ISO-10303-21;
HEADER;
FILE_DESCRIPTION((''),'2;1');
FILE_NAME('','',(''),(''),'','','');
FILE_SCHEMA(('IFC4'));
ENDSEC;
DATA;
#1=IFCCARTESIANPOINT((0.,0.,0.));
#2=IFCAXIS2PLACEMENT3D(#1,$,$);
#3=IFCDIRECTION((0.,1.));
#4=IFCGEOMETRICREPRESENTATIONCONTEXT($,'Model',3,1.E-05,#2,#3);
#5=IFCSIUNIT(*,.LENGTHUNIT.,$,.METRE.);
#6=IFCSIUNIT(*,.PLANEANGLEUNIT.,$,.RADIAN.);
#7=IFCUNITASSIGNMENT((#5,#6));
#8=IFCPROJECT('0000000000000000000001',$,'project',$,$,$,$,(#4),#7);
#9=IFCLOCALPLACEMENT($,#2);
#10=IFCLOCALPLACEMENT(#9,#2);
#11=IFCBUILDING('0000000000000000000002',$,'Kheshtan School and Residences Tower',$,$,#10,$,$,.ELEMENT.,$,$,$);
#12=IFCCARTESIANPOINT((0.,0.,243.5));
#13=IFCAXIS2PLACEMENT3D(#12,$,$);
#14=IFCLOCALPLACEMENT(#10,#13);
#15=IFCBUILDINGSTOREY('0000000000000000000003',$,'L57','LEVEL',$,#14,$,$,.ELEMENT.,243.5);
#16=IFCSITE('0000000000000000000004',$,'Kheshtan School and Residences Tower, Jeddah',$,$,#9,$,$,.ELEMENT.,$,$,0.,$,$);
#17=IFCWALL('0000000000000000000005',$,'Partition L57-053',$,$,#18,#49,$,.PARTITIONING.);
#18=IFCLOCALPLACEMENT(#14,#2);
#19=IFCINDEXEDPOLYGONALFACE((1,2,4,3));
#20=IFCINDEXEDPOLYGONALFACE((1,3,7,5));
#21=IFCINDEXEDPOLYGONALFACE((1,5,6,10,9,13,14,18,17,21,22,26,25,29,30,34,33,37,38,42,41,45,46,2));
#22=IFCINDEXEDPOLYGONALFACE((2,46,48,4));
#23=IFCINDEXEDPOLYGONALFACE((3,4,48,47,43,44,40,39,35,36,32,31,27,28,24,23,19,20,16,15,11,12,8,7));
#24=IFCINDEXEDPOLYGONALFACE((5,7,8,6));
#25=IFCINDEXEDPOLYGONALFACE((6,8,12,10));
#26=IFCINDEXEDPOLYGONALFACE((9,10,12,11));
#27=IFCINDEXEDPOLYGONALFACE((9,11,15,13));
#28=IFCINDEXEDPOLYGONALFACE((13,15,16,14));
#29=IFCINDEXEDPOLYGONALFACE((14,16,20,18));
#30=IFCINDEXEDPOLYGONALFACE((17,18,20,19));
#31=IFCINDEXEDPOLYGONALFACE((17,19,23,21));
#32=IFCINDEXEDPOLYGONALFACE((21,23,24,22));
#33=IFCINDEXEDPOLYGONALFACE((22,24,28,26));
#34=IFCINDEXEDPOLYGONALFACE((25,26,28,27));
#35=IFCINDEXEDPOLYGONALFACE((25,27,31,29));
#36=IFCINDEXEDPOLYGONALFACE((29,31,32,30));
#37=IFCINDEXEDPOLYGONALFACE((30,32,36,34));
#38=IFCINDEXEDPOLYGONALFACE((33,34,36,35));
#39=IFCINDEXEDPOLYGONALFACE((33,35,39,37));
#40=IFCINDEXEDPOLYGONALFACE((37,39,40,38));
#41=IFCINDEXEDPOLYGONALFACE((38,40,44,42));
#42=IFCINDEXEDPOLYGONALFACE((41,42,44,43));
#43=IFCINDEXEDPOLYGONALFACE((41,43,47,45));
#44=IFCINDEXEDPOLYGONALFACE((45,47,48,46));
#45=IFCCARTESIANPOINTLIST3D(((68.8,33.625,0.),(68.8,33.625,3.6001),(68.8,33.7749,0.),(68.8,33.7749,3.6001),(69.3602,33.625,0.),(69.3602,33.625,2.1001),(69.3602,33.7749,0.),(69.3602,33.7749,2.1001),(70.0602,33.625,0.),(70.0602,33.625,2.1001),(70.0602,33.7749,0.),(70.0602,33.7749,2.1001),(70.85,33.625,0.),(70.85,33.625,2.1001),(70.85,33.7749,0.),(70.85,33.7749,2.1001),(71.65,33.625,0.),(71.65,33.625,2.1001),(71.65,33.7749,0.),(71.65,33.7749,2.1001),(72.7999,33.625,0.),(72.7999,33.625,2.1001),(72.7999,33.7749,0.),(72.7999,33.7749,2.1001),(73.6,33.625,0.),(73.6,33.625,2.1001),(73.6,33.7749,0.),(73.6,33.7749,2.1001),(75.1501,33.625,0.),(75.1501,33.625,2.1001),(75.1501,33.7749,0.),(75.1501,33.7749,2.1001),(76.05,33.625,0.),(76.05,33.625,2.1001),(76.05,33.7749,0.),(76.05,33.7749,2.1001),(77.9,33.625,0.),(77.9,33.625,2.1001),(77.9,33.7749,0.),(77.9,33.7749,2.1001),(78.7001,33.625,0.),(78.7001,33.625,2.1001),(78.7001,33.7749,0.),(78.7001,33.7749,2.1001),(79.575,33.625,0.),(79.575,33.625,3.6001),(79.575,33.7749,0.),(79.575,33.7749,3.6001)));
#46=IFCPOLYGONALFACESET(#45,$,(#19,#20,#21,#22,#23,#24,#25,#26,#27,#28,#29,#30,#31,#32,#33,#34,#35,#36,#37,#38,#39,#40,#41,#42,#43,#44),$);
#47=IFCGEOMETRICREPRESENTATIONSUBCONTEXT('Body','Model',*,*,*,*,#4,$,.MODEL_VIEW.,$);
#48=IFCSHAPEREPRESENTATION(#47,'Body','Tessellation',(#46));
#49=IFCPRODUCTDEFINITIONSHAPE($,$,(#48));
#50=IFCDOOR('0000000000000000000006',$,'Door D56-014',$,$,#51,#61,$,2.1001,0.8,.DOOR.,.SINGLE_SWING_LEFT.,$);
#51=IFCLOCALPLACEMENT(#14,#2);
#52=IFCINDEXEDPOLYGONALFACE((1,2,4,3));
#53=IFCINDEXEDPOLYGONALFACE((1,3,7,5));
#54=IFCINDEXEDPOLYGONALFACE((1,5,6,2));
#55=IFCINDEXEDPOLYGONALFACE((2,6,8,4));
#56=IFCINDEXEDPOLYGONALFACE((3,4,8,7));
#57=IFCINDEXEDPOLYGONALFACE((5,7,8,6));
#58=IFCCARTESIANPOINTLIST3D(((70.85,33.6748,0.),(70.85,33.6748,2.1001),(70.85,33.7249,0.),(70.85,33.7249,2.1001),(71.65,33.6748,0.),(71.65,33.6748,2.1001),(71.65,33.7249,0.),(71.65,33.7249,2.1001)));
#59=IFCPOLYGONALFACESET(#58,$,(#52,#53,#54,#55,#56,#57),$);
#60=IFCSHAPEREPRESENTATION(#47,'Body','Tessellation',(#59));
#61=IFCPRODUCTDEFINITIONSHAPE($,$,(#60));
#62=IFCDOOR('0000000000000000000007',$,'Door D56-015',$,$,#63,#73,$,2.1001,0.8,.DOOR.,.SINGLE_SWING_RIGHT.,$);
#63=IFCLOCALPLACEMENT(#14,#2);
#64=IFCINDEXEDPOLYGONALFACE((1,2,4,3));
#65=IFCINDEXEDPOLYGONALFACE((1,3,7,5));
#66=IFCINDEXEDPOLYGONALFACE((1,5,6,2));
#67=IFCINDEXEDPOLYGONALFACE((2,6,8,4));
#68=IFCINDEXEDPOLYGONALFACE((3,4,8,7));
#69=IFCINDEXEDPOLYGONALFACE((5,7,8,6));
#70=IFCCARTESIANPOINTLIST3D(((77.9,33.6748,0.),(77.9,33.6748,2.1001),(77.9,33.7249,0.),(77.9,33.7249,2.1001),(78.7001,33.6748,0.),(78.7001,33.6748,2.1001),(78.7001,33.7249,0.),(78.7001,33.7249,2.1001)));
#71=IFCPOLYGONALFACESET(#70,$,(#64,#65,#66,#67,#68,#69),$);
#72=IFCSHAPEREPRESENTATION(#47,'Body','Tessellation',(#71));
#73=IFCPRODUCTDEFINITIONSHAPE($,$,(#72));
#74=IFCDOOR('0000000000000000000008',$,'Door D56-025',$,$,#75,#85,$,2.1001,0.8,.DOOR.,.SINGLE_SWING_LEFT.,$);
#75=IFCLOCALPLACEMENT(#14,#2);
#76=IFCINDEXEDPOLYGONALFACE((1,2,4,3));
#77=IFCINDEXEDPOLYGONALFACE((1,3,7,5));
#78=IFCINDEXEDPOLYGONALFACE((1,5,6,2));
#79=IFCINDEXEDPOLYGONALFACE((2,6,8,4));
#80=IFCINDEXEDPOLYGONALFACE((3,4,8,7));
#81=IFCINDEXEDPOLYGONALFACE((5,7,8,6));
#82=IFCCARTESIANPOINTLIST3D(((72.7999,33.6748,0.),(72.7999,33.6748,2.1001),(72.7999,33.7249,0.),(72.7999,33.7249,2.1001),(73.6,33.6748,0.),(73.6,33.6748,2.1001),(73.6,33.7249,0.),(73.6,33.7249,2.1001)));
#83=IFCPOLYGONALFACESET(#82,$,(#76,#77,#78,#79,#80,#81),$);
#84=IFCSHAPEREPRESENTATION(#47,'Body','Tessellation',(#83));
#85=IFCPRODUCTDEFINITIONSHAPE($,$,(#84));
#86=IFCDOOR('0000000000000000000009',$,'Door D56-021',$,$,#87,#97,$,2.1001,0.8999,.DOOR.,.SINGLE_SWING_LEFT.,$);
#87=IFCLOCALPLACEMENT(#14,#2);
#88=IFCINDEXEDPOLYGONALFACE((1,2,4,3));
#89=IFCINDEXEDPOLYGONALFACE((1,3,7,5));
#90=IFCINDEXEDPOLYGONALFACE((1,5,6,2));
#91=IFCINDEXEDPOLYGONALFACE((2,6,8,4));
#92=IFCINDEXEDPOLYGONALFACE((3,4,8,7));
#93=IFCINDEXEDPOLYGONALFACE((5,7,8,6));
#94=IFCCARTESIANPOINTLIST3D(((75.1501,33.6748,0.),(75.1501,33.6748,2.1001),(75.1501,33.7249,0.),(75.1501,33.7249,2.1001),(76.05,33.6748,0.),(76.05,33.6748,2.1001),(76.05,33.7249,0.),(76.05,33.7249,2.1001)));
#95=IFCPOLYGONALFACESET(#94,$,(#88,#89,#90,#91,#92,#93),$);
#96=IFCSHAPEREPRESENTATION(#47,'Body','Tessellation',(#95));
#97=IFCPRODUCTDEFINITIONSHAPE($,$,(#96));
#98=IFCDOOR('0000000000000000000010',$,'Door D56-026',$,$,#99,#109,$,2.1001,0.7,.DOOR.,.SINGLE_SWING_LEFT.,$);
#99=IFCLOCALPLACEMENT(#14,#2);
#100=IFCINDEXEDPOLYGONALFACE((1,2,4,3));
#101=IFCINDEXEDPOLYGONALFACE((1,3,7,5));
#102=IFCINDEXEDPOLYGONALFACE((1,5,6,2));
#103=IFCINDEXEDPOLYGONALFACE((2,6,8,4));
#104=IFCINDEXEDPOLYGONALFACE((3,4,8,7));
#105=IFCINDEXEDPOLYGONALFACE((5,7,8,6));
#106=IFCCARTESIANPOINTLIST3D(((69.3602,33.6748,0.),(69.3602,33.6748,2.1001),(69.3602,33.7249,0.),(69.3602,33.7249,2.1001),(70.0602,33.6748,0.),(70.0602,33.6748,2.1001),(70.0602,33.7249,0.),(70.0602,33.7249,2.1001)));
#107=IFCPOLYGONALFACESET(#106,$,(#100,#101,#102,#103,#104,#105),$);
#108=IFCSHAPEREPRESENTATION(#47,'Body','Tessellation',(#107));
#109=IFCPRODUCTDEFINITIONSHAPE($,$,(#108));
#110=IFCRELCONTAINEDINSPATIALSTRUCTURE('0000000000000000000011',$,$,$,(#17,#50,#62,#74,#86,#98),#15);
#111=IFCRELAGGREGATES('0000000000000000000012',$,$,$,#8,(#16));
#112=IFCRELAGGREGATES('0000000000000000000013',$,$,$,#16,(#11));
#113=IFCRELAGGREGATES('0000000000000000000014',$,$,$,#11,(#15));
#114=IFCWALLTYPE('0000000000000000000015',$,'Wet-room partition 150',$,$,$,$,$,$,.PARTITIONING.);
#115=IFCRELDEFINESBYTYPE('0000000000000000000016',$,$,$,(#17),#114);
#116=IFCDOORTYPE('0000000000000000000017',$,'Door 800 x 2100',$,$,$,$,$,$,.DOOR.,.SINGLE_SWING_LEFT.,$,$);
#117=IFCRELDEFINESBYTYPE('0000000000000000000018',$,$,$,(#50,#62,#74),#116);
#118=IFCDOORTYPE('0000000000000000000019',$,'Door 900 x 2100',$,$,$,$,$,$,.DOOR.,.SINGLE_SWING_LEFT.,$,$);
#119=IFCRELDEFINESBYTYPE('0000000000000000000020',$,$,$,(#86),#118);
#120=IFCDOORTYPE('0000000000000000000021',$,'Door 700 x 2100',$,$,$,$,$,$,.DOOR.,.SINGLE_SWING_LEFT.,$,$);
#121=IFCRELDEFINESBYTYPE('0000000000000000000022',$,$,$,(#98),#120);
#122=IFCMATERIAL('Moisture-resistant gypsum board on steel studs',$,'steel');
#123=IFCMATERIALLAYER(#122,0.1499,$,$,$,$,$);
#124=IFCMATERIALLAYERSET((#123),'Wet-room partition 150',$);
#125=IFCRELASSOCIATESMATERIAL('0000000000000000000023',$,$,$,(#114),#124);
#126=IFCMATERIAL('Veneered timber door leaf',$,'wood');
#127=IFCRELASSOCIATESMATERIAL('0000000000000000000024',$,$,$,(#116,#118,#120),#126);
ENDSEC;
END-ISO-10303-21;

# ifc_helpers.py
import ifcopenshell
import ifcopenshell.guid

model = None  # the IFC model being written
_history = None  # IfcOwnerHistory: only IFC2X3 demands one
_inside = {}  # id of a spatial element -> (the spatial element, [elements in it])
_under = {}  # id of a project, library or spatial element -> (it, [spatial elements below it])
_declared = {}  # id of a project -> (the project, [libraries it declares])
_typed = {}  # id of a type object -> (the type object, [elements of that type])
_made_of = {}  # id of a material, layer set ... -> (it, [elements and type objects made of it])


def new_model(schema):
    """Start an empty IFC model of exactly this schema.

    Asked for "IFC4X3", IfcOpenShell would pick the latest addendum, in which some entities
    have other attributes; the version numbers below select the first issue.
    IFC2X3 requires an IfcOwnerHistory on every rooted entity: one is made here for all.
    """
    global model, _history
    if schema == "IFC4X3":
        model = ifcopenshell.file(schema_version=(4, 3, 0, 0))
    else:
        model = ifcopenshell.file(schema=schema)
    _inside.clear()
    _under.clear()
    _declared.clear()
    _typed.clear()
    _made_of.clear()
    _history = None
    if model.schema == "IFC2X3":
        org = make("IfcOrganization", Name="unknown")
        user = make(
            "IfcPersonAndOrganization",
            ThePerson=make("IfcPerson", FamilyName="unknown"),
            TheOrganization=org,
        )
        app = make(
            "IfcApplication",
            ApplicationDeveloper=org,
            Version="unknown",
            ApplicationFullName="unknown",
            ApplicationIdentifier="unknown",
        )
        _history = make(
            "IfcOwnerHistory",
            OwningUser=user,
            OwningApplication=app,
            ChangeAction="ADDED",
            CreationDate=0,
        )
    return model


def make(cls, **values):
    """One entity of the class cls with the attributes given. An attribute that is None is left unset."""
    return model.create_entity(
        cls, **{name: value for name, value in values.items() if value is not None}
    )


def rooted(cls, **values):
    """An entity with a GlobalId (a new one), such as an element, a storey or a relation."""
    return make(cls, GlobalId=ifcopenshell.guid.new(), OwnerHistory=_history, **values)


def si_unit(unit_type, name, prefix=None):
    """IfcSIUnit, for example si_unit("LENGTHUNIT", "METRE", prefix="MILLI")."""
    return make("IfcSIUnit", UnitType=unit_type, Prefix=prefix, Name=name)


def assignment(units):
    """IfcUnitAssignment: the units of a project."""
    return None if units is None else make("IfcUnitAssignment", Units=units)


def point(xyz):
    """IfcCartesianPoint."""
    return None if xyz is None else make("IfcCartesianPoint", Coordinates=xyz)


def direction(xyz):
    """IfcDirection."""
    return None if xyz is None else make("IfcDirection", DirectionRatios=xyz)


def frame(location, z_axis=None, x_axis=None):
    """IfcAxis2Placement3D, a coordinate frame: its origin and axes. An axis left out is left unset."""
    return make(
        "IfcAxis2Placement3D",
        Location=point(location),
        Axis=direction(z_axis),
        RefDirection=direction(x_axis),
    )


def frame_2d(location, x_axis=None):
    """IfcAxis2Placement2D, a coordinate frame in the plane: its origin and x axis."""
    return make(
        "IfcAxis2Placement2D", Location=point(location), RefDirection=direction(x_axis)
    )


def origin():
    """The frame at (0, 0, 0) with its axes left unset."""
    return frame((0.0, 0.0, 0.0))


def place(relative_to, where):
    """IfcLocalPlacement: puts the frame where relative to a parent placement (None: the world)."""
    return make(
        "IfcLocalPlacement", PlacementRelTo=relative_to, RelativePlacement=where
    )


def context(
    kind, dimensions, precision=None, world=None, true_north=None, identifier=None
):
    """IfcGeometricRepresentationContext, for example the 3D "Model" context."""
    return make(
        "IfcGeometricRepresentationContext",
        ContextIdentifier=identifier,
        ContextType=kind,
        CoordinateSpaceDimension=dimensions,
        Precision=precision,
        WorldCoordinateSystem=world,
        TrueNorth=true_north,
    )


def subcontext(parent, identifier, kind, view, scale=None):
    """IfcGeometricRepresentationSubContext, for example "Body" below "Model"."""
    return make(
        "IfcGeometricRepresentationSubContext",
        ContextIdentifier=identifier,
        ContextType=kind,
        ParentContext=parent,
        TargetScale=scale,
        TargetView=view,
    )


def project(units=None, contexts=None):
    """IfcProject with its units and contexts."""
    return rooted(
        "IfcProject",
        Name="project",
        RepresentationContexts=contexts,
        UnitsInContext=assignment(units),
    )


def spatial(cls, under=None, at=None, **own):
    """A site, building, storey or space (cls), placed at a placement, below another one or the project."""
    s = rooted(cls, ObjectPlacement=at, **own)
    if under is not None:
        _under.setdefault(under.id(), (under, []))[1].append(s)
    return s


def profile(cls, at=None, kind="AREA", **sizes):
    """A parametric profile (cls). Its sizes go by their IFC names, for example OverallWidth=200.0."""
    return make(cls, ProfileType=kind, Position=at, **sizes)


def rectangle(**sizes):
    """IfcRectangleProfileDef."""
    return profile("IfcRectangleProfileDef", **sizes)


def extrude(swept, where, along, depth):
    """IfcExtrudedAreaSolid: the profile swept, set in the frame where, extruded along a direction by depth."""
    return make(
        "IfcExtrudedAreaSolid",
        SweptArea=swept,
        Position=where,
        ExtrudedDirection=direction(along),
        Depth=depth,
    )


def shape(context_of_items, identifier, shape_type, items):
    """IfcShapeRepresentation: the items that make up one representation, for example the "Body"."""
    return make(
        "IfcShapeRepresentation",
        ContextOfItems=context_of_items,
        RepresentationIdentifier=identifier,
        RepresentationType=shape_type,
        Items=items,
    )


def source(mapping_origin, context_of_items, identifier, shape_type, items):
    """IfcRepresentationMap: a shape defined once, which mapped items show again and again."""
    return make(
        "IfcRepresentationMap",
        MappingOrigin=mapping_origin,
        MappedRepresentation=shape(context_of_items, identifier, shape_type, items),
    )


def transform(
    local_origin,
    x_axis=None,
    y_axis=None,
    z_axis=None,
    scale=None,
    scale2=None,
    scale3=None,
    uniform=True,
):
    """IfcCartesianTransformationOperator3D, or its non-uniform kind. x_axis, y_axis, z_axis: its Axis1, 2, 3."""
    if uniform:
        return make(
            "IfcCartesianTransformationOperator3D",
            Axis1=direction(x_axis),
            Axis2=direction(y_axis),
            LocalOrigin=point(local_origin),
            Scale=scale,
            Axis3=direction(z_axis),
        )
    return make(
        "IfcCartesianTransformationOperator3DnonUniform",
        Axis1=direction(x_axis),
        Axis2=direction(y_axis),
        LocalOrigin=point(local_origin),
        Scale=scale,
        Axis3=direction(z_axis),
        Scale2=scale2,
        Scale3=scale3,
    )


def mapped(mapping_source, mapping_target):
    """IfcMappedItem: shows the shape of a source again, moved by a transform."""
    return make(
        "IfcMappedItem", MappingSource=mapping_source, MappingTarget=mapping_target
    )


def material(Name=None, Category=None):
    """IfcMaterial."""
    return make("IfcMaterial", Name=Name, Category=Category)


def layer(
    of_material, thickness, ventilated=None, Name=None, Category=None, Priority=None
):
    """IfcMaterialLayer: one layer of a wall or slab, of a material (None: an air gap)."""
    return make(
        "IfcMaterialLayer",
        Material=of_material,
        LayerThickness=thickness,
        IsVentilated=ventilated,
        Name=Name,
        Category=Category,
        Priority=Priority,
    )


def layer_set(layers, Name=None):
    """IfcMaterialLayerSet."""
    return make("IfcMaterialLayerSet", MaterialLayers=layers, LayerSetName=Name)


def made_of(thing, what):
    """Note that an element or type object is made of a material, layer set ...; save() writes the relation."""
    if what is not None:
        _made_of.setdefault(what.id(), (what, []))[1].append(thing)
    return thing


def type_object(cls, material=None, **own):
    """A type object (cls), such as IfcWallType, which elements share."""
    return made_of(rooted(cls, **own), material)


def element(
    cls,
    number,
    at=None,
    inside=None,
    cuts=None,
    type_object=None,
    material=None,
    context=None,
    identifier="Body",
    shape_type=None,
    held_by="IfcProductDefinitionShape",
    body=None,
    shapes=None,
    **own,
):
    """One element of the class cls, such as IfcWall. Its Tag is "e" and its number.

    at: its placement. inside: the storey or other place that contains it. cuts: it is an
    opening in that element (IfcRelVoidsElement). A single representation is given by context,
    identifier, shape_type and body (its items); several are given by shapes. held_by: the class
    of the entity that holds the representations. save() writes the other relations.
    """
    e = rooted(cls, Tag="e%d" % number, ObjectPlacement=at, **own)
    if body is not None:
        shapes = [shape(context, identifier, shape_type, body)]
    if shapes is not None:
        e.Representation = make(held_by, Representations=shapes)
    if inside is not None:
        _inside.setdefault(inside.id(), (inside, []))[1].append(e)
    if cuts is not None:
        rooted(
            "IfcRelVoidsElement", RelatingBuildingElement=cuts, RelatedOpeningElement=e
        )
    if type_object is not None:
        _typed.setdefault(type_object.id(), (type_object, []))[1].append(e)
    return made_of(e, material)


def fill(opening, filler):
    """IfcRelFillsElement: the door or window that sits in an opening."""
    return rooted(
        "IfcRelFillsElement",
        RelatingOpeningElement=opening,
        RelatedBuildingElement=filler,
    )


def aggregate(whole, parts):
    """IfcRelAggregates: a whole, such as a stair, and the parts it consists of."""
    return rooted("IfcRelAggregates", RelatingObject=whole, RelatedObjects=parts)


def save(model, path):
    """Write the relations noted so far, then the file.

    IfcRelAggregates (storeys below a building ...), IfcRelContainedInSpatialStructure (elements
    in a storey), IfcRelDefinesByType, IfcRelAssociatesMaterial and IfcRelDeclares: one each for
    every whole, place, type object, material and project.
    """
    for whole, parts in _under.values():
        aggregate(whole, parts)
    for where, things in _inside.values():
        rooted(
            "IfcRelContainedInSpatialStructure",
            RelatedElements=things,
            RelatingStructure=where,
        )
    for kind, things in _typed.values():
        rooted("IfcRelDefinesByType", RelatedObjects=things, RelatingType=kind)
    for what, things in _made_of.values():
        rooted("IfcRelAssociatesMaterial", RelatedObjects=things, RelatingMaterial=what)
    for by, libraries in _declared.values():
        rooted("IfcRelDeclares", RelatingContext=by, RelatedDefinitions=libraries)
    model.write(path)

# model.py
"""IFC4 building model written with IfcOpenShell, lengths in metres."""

from ifc_helpers import new_model, si_unit, direction, frame, frame_2d, origin, place, context, subcontext, project, spatial, rectangle, extrude, source, transform, mapped, material, layer, layer_set, type_object, element, fill, save


model = new_model("IFC4")

# Units and contexts
model_context = context("Model", 3, precision=1e-05, world=origin(), true_north=direction((0.0, 1.0)))
body_context = subcontext(model_context, "Body", "Model", "MODEL_VIEW")
ifc_project = project(units=[si_unit("LENGTHUNIT", "METRE"), si_unit("PLANEANGLEUNIT", "RADIAN")], contexts=[model_context])

# Site, building, storey
site_placement = place(None, origin())
site = spatial("IfcSite", under=ifc_project, at=site_placement, Name="Kheshtan School and Residences Tower, Jeddah", CompositionType="ELEMENT", RefElevation=0.0)
building_placement = place(site_placement, origin())
building = spatial("IfcBuilding", under=site, at=building_placement, Name="Kheshtan School and Residences Tower", CompositionType="ELEMENT")
storey_placement = place(building_placement, frame((0.0, 0.0, 243.5)))
storey = spatial("IfcBuildingStorey", under=building, at=storey_placement, Name="L57", Description="LEVEL", CompositionType="ELEMENT", Elevation=243.5)

# Shared definitions
ifc_material_1 = material(Name="Moisture-resistant gypsum board on steel studs", Category="steel")
ifc_layer_1 = layer(ifc_material_1, 0.1499)
ifc_layer_set_1 = layer_set([ifc_layer_1], Name="Wet-room partition 150")
wall_type_1 = type_object("IfcWallType", Name="Wet-room partition 150", PredefinedType="PARTITIONING", material=ifc_layer_set_1)
ifc_material_2 = material(Name="Veneered timber door leaf", Category="wood")
door_type_1 = type_object("IfcDoorType", Name="Door 800 x 2100", OperationType="SINGLE_SWING_LEFT", PredefinedType="DOOR", material=ifc_material_2)
shared_shape_1 = source(origin(), body_context, "Body", "SweptSolid", [
    extrude(rectangle(XDim=0.8, YDim=2.1001, at=frame_2d((0.3999, 1.05))), frame((0.0, 0.0249, 0.0), z_axis=(0.0, -1.0, 0.0), x_axis=(1.0, 0.0, 0.0)), (0.0, 0.0, 1.0), 0.05),
])

# Wall, openings, doors
wall_1_placement = place(storey_placement, frame((68.8, 33.7, 0.0), z_axis=(0.0, 0.0, 1.0), x_axis=(1.0, 0.0, 0.0)))
wall_1 = element("IfcWall", 1, at=wall_1_placement, inside=storey, type_object=wall_type_1, Name="Partition L57-053", PredefinedType="PARTITIONING", context=body_context, shape_type="SweptSolid", body=[
    extrude(rectangle(XDim=10.7749, YDim=0.1499, at=frame_2d((5.3875, 0.0))), origin(), (0.0, 0.0, 1.0), 3.6001),
])
opening_1_placement = place(wall_1_placement, frame((2.05, 0.0, 0.0)))
opening_1 = element("IfcOpeningElement", 2, at=opening_1_placement, cuts=wall_1, PredefinedType="OPENING", context=body_context, shape_type="SweptSolid", body=[
    extrude(rectangle(XDim=0.8, YDim=2.1001, at=frame_2d((0.3999, 1.05))), frame((0.0, 0.085, 0.0), z_axis=(0.0, -1.0, 0.0), x_axis=(1.0, 0.0, 0.0)), (0.0, 0.0, 1.0), 0.1699),
])
opening_2_placement = place(wall_1_placement, frame((9.1001, 0.0, 0.0)))
opening_2 = element("IfcOpeningElement", 3, at=opening_2_placement, cuts=wall_1, PredefinedType="OPENING", context=body_context, shape_type="SweptSolid", body=[
    extrude(rectangle(XDim=0.8, YDim=2.1001, at=frame_2d((0.3999, 1.05))), frame((0.0, 0.085, 0.0), z_axis=(0.0, -1.0, 0.0), x_axis=(1.0, 0.0, 0.0)), (0.0, 0.0, 1.0), 0.1699),
])
opening_3_placement = place(wall_1_placement, frame((6.3501, 0.0, 0.0)))
opening_3 = element("IfcOpeningElement", 4, at=opening_3_placement, cuts=wall_1, PredefinedType="OPENING", context=body_context, shape_type="SweptSolid", body=[
    extrude(rectangle(XDim=0.8999, YDim=2.1001, at=frame_2d((0.45, 1.05))), frame((0.0, 0.085, 0.0), z_axis=(0.0, -1.0, 0.0), x_axis=(1.0, 0.0, 0.0)), (0.0, 0.0, 1.0), 0.1699),
])
opening_4_placement = place(wall_1_placement, frame((4.0, 0.0, 0.0)))
opening_4 = element("IfcOpeningElement", 5, at=opening_4_placement, cuts=wall_1, PredefinedType="OPENING", context=body_context, shape_type="SweptSolid", body=[
    extrude(rectangle(XDim=0.8, YDim=2.1001, at=frame_2d((0.3999, 1.05))), frame((0.0, 0.085, 0.0), z_axis=(0.0, -1.0, 0.0), x_axis=(1.0, 0.0, 0.0)), (0.0, 0.0, 1.0), 0.1699),
])
opening_5_placement = place(wall_1_placement, frame((0.5601, 0.0, 0.0)))
opening_5 = element("IfcOpeningElement", 6, at=opening_5_placement, cuts=wall_1, PredefinedType="OPENING", context=body_context, shape_type="SweptSolid", body=[
    extrude(rectangle(XDim=0.7, YDim=2.1001, at=frame_2d((0.3501, 1.05))), frame((0.0, 0.085, 0.0), z_axis=(0.0, -1.0, 0.0), x_axis=(1.0, 0.0, 0.0)), (0.0, 0.0, 1.0), 0.1699),
])
door_1_placement = place(opening_1_placement, origin())
door_1 = element("IfcDoor", 7, at=door_1_placement, inside=storey, type_object=door_type_1, Name="Door D56-014", OperationType="SINGLE_SWING_LEFT", OverallHeight=2.1001, OverallWidth=0.8, PredefinedType="DOOR", context=body_context, shape_type="MappedRepresentation", body=[
    mapped(shared_shape_1, transform((0.0, 0.0, 0.0), x_axis=(1.0, 0.0, 0.0), y_axis=(0.0, 1.0, 0.0), z_axis=(0.0, 0.0, 1.0), scale=1.0)),
])
fill(opening_1, door_1)
door_2_placement = place(opening_2_placement, origin())
door_2 = element("IfcDoor", 8, at=door_2_placement, inside=storey, type_object=door_type_1, Name="Door D56-015", OperationType="SINGLE_SWING_RIGHT", OverallHeight=2.1001, OverallWidth=0.8, PredefinedType="DOOR", context=body_context, shape_type="MappedRepresentation", body=[
    mapped(shared_shape_1, transform((0.0, 0.0, 0.0), x_axis=(1.0, 0.0, 0.0), y_axis=(0.0, 1.0, 0.0), z_axis=(0.0, 0.0, 1.0), scale=1.0)),
])
fill(opening_2, door_2)
door_3_placement = place(opening_4_placement, origin())
door_3 = element("IfcDoor", 9, at=door_3_placement, inside=storey, type_object=door_type_1, Name="Door D56-025", OperationType="SINGLE_SWING_LEFT", OverallHeight=2.1001, OverallWidth=0.8, PredefinedType="DOOR", context=body_context, shape_type="MappedRepresentation", body=[
    mapped(shared_shape_1, transform((0.0, 0.0, 0.0), x_axis=(1.0, 0.0, 0.0), y_axis=(0.0, 1.0, 0.0), z_axis=(0.0, 0.0, 1.0), scale=1.0)),
])
fill(opening_4, door_3)
door_type_2 = type_object("IfcDoorType", Name="Door 900 x 2100", OperationType="SINGLE_SWING_LEFT", PredefinedType="DOOR", material=ifc_material_2)
shared_shape_2 = source(origin(), body_context, "Body", "SweptSolid", [
    extrude(rectangle(XDim=0.8999, YDim=2.1001, at=frame_2d((0.45, 1.05))), frame((0.0, 0.0249, 0.0), z_axis=(0.0, -1.0, 0.0), x_axis=(1.0, 0.0, 0.0)), (0.0, 0.0, 1.0), 0.05),
])
door_4_placement = place(opening_3_placement, origin())
door_4 = element("IfcDoor", 10, at=door_4_placement, inside=storey, type_object=door_type_2, Name="Door D56-021", OperationType="SINGLE_SWING_LEFT", OverallHeight=2.1001, OverallWidth=0.8999, PredefinedType="DOOR", context=body_context, shape_type="MappedRepresentation", body=[
    mapped(shared_shape_2, transform((0.0, 0.0, 0.0), x_axis=(1.0, 0.0, 0.0), y_axis=(0.0, 1.0, 0.0), z_axis=(0.0, 0.0, 1.0), scale=1.0)),
])
fill(opening_3, door_4)
door_type_3 = type_object("IfcDoorType", Name="Door 700 x 2100", OperationType="SINGLE_SWING_LEFT", PredefinedType="DOOR", material=ifc_material_2)
shared_shape_3 = source(origin(), body_context, "Body", "SweptSolid", [
    extrude(rectangle(XDim=0.7, YDim=2.1001, at=frame_2d((0.3501, 1.05))), frame((0.0, 0.0249, 0.0), z_axis=(0.0, -1.0, 0.0), x_axis=(1.0, 0.0, 0.0)), (0.0, 0.0, 1.0), 0.05),
])
door_5_placement = place(opening_5_placement, origin())
door_5 = element("IfcDoor", 11, at=door_5_placement, inside=storey, type_object=door_type_3, Name="Door D56-026", OperationType="SINGLE_SWING_LEFT", OverallHeight=2.1001, OverallWidth=0.7, PredefinedType="DOOR", context=body_context, shape_type="MappedRepresentation", body=[
    mapped(shared_shape_3, transform((0.0, 0.0, 0.0), x_axis=(1.0, 0.0, 0.0), y_axis=(0.0, 1.0, 0.0), z_axis=(0.0, 0.0, 1.0), scale=1.0)),
])
fill(opening_5, door_5)

save(model, "model.ifc")
